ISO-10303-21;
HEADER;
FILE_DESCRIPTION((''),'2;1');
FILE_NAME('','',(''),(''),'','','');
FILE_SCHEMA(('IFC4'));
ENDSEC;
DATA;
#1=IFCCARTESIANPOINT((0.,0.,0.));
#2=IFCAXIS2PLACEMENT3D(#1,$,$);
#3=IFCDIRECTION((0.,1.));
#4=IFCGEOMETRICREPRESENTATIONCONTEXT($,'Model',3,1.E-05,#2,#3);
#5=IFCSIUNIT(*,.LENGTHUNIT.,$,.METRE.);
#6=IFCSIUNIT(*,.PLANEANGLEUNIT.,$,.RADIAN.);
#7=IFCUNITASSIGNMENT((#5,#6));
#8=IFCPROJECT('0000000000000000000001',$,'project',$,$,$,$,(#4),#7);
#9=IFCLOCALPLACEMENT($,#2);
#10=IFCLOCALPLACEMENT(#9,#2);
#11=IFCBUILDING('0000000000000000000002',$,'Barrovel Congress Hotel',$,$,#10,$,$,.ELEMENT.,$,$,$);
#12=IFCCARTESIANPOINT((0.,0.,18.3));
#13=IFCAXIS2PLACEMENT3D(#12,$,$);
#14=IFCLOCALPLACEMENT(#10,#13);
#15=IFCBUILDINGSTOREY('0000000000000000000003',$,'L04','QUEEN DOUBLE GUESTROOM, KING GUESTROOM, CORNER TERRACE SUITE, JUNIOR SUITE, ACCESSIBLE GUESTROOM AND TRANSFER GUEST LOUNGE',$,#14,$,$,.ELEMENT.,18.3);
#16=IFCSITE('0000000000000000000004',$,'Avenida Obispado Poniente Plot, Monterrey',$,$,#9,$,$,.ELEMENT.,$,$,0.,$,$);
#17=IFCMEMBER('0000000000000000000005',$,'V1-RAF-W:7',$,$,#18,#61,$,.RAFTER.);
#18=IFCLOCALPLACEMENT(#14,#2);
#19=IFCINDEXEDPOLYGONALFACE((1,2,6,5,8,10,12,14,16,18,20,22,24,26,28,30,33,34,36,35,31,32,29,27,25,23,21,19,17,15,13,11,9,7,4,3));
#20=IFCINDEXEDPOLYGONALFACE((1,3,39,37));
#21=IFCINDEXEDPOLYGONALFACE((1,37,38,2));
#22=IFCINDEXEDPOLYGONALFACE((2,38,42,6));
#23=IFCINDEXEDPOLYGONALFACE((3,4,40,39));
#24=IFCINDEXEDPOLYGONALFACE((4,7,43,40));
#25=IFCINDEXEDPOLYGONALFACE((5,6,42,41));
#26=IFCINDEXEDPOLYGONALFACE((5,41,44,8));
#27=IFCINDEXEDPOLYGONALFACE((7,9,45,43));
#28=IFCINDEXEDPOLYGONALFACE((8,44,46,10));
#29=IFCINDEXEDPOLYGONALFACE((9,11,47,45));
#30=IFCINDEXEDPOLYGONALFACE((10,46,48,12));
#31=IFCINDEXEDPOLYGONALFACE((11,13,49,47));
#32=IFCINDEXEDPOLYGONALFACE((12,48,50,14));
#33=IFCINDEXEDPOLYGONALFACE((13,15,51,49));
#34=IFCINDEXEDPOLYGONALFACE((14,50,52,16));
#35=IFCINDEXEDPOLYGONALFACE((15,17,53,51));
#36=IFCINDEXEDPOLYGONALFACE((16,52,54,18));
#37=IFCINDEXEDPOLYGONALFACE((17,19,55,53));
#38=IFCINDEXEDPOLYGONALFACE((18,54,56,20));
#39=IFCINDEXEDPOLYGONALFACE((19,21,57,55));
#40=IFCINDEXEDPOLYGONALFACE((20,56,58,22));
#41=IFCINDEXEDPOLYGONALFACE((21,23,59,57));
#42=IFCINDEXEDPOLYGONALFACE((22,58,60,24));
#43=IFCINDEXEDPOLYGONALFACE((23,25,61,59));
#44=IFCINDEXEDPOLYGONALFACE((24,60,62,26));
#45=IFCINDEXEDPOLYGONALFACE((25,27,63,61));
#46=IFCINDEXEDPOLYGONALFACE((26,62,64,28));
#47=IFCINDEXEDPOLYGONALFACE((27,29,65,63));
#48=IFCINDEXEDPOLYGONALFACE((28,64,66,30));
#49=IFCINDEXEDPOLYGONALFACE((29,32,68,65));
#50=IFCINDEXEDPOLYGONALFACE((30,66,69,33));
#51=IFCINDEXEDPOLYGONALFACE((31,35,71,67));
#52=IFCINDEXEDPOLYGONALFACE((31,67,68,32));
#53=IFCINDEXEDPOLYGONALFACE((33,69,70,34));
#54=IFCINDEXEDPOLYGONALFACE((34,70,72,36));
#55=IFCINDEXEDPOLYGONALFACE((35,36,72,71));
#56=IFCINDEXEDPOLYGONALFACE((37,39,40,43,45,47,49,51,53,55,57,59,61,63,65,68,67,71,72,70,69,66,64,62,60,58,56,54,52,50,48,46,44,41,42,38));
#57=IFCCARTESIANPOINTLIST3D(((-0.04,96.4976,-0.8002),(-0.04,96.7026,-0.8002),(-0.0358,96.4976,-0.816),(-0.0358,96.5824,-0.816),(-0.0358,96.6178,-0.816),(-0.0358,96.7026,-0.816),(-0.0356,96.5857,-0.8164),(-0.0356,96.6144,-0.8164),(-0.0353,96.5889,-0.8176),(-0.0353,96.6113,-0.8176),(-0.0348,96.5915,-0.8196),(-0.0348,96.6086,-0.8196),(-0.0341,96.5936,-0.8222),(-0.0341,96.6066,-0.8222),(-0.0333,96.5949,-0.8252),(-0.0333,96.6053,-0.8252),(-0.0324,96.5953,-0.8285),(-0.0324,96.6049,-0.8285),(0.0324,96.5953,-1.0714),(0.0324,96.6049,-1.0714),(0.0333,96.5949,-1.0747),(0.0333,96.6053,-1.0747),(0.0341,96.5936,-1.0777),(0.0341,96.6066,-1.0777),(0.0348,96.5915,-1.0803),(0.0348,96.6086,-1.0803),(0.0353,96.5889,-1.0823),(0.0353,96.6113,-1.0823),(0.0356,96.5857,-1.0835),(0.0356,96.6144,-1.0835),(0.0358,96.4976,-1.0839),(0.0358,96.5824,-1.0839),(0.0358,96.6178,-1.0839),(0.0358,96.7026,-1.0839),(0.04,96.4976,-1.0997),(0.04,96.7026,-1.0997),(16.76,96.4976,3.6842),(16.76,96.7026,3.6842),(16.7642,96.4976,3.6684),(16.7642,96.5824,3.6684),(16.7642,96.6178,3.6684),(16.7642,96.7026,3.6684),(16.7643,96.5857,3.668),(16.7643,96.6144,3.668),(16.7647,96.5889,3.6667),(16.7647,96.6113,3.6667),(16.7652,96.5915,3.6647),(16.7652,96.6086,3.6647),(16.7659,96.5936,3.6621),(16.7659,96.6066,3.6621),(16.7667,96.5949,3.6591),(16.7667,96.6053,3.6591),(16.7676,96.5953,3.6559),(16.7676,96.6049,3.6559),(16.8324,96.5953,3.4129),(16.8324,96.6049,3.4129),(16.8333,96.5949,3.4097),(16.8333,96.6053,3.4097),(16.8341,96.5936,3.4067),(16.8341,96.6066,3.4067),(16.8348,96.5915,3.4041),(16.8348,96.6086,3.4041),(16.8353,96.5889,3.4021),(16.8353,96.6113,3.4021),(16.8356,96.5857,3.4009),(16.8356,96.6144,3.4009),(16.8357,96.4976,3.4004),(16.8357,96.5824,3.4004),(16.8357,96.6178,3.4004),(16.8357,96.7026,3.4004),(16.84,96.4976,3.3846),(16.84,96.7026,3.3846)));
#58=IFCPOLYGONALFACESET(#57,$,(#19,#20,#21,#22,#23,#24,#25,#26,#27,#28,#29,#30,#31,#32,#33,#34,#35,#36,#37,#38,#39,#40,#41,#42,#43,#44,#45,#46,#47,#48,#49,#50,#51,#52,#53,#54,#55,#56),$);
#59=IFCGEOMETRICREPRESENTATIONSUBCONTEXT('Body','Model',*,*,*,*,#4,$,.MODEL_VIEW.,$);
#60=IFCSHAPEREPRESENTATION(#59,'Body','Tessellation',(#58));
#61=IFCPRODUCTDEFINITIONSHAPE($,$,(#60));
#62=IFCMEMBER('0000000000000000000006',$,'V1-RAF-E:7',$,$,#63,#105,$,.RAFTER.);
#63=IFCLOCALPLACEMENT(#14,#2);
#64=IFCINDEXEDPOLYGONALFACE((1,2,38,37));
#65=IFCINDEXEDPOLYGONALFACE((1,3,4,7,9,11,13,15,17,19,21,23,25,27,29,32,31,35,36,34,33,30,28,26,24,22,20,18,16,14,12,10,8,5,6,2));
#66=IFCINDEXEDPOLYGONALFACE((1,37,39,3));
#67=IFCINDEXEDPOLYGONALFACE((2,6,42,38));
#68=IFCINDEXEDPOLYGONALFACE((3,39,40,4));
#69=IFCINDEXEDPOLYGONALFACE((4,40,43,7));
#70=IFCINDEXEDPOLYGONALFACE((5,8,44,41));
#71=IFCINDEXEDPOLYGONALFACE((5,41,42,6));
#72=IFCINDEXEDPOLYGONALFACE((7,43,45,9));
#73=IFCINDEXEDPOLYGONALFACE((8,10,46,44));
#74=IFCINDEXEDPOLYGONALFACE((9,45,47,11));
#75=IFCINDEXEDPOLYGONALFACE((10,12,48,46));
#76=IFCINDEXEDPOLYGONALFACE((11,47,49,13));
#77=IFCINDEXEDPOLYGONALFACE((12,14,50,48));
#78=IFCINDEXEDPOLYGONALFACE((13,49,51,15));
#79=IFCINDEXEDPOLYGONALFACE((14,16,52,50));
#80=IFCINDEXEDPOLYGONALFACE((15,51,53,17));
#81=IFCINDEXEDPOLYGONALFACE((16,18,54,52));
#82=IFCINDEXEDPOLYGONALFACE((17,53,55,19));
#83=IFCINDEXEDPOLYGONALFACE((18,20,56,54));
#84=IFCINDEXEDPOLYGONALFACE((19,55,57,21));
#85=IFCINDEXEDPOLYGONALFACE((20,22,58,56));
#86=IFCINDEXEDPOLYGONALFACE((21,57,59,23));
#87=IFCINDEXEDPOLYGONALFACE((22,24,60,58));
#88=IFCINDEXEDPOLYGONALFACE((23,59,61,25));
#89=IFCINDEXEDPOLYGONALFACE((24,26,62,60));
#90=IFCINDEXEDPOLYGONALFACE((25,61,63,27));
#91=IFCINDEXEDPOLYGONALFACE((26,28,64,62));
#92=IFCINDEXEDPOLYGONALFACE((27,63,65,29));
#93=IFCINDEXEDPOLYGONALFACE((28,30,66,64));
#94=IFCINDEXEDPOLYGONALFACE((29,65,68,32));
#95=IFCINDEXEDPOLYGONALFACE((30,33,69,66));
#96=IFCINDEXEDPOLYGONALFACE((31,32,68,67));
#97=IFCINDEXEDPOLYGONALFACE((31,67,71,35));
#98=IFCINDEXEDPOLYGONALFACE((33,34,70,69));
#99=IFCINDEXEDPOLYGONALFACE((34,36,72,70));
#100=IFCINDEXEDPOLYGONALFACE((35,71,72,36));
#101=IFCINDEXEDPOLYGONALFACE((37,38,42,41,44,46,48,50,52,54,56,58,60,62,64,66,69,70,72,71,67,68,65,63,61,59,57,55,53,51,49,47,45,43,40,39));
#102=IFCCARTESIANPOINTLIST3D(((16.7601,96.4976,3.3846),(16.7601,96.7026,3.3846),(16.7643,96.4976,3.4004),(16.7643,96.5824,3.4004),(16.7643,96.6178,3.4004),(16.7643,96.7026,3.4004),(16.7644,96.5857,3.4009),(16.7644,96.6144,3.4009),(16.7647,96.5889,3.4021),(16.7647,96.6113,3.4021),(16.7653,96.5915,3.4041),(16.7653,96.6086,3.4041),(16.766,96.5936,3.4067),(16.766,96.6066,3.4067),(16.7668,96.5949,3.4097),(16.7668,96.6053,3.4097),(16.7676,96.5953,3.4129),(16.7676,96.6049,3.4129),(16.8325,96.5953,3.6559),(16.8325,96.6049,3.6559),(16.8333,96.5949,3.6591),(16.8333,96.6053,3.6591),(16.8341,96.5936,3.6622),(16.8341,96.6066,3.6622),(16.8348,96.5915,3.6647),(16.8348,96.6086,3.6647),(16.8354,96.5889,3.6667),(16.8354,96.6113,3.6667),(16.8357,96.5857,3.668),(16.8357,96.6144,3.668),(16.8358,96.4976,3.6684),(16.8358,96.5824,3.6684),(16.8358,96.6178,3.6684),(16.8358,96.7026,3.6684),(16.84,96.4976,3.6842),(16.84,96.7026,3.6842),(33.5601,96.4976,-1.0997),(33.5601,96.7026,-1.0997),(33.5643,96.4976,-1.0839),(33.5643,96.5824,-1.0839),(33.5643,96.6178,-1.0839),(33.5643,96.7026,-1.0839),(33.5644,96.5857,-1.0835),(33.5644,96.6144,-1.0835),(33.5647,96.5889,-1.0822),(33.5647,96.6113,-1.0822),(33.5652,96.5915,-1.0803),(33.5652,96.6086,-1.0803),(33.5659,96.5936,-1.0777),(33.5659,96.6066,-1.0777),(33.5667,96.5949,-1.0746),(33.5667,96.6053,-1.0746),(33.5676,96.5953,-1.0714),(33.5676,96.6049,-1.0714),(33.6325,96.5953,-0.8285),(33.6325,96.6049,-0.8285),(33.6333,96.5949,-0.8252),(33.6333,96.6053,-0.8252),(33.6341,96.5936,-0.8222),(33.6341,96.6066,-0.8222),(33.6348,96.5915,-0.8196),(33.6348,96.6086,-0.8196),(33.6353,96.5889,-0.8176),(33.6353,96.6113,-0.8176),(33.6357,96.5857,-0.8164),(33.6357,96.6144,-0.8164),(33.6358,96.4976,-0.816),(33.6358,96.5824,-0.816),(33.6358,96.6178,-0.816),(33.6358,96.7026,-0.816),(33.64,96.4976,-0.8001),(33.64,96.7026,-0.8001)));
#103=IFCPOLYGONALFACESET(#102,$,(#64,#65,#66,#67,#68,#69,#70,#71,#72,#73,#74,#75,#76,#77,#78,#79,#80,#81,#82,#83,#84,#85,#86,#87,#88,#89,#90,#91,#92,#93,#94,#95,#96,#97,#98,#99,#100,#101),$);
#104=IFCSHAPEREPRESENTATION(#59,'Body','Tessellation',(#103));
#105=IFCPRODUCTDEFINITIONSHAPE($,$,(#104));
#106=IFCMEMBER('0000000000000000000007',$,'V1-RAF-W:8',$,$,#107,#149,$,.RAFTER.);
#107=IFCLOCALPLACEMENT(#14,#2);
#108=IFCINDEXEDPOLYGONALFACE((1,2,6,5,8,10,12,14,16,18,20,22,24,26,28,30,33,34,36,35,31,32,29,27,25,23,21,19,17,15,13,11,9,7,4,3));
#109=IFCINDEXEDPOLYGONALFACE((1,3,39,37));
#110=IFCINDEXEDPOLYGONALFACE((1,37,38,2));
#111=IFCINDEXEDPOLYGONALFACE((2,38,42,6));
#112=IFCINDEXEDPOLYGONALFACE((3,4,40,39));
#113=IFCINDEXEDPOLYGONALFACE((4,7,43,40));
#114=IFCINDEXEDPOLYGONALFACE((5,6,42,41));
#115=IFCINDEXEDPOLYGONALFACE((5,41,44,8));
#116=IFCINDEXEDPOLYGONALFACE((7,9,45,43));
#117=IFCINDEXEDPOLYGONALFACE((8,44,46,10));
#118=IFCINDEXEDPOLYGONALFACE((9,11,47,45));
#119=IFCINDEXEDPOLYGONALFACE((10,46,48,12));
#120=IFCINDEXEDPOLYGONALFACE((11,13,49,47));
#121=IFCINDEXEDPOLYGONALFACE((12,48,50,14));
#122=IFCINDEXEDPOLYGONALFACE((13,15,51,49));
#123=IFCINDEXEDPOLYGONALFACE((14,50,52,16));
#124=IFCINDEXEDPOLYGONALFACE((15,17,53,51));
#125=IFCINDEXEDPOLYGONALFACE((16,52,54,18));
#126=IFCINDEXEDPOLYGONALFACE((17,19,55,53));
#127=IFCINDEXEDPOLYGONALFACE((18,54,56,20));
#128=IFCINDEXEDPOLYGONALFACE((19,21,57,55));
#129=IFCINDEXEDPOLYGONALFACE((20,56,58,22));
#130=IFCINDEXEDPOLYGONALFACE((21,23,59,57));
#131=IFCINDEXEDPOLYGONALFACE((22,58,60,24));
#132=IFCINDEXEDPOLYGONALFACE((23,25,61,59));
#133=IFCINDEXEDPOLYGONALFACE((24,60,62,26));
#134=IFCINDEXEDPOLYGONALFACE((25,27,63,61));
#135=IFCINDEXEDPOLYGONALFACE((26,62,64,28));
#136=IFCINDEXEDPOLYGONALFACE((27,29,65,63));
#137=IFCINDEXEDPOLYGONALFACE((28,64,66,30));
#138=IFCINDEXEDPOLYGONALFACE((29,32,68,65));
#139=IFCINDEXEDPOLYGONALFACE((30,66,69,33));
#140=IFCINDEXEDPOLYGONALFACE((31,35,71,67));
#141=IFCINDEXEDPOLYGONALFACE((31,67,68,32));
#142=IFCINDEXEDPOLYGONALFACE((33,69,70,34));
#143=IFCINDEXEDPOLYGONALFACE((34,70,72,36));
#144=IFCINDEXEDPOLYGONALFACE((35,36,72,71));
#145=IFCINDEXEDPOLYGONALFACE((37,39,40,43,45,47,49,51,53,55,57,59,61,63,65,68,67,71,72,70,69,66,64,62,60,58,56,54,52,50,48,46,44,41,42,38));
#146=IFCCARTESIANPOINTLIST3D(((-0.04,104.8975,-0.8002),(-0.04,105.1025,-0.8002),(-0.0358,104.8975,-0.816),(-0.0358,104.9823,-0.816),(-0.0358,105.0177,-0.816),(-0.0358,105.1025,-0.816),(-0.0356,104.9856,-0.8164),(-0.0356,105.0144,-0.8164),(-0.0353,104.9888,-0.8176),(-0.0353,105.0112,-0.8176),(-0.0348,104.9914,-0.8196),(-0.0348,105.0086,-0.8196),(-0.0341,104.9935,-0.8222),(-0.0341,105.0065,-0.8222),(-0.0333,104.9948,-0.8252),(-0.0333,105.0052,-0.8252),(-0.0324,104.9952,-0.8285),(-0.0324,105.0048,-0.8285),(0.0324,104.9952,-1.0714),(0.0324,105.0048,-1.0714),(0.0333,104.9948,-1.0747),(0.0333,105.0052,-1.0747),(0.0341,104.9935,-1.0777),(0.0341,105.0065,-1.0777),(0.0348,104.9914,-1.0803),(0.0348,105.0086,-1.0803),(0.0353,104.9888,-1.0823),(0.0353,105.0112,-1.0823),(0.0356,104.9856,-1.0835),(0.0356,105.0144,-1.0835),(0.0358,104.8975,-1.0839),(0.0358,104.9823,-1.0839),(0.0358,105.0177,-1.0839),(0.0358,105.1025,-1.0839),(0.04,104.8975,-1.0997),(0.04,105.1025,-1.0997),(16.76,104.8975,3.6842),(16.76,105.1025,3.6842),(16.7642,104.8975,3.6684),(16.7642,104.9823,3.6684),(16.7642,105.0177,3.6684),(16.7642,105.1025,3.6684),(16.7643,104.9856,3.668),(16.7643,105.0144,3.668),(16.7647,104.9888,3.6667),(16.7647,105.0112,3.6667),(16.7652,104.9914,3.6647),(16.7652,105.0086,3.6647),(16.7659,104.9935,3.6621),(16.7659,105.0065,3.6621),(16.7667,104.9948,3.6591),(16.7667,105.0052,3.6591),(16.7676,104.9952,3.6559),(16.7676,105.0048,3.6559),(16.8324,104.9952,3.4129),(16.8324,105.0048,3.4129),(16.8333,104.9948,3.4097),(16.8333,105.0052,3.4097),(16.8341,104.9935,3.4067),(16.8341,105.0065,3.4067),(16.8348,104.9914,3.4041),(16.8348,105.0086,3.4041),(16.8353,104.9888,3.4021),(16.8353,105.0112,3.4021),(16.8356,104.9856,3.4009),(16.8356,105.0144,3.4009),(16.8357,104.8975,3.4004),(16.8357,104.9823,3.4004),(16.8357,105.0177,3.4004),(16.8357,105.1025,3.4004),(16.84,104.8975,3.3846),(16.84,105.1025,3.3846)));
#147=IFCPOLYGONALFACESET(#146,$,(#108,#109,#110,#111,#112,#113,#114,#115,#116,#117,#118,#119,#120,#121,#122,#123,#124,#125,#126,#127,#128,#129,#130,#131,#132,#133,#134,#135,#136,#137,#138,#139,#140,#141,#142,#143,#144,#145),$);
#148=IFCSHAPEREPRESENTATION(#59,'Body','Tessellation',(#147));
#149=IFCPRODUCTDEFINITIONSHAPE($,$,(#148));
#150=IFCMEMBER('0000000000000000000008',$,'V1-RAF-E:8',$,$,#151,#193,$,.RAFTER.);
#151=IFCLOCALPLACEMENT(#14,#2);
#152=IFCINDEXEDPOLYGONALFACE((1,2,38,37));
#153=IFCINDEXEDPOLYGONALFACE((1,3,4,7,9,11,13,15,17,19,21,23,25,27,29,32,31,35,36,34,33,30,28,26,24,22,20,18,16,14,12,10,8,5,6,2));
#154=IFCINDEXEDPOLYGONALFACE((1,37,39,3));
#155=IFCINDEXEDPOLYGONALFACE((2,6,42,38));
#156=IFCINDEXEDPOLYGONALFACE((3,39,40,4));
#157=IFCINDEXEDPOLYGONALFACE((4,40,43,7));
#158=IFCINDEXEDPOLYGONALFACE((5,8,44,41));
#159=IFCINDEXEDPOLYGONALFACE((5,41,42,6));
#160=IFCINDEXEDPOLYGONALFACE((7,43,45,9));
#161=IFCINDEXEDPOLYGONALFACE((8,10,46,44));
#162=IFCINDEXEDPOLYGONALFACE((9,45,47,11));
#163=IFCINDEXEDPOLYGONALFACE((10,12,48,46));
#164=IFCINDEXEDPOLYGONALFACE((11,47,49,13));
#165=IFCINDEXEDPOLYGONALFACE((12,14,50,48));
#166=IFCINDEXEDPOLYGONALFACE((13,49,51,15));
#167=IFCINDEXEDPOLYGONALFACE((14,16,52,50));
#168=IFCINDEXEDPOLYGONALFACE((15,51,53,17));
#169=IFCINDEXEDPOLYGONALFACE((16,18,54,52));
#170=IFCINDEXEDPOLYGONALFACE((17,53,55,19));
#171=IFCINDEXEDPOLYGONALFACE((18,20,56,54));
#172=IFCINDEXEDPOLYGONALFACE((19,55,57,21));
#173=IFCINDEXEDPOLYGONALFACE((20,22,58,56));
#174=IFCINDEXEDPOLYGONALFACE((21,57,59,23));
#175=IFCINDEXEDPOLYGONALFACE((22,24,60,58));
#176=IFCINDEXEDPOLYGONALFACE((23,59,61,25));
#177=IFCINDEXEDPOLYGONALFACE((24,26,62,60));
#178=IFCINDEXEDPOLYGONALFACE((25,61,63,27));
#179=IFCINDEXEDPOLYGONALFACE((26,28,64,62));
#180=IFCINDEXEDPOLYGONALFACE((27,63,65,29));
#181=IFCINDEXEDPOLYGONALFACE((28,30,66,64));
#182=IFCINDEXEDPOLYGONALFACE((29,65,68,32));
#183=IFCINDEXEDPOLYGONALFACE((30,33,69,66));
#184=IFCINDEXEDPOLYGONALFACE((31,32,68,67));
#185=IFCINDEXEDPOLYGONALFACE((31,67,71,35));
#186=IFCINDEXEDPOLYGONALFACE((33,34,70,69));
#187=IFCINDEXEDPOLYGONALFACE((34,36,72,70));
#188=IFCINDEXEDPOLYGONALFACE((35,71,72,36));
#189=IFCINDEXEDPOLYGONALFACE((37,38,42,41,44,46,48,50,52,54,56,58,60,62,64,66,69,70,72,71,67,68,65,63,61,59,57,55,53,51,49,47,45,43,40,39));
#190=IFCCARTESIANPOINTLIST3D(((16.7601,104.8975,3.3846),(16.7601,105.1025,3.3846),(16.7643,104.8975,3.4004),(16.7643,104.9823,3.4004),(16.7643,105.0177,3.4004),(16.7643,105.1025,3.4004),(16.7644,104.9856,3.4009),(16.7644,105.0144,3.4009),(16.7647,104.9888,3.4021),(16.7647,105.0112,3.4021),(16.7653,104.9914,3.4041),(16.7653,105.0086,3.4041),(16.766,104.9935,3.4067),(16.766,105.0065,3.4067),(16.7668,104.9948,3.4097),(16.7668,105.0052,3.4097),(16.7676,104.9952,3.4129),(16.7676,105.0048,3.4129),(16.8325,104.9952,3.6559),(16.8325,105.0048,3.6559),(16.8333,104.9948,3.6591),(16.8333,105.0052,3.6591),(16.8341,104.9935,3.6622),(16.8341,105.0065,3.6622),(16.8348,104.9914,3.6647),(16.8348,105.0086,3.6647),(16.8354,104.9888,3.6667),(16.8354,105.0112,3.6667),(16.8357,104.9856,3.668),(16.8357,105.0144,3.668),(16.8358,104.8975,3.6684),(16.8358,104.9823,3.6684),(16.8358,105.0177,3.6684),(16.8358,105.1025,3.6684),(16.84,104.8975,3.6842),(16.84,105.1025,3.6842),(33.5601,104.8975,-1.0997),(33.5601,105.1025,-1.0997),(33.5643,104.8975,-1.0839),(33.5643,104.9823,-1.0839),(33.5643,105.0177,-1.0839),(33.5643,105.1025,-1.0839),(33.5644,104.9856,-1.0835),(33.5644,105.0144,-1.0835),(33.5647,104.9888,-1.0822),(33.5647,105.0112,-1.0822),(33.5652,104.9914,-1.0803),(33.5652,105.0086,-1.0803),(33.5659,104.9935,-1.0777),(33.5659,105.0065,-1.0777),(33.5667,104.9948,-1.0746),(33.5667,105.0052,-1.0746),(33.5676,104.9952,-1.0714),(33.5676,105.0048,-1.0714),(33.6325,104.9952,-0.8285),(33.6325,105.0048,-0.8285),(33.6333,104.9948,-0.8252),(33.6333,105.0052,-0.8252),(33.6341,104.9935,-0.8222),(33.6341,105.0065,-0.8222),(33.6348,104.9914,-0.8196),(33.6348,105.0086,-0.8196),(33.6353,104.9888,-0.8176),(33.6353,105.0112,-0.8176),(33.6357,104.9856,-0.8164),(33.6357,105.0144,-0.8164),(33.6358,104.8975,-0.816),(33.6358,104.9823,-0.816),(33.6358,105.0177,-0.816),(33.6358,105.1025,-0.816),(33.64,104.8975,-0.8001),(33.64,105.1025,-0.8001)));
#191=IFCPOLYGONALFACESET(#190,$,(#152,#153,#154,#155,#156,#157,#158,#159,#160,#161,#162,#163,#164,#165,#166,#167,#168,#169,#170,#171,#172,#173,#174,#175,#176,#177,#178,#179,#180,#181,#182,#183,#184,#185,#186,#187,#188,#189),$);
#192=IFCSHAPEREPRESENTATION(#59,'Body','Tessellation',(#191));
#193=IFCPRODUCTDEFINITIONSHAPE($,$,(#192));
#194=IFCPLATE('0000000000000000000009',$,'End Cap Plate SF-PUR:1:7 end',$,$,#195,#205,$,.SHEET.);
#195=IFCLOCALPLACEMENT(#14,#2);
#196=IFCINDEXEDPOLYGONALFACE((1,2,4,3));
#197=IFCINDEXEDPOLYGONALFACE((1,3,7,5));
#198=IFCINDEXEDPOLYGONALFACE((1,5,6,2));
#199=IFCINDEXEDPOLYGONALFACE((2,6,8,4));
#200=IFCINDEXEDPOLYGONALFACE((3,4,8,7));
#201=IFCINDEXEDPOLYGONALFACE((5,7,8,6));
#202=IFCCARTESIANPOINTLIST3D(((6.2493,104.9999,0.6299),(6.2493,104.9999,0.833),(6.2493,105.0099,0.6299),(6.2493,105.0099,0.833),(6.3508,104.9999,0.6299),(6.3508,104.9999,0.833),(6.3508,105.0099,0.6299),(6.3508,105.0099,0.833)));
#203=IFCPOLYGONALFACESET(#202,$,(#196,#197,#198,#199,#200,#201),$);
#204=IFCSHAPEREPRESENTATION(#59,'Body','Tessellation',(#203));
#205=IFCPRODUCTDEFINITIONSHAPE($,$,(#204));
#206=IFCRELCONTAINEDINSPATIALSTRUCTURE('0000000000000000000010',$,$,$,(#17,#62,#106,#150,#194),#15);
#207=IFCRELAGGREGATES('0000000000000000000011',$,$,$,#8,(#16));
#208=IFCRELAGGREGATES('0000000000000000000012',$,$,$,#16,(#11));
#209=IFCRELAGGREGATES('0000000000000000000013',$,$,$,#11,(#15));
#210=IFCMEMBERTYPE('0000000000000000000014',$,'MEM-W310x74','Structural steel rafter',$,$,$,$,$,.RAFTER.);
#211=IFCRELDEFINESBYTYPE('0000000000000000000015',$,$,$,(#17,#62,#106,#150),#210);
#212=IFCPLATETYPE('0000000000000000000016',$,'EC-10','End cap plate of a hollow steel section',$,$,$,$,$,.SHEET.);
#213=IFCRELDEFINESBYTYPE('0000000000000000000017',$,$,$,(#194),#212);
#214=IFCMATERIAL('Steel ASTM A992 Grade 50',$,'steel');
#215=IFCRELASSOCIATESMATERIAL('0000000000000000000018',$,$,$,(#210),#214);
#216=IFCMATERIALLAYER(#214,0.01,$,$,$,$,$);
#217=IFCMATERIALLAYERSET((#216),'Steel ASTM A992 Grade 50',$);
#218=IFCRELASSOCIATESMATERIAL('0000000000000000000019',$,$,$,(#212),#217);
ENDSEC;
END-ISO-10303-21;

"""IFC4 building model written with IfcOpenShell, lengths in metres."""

from ifc_helpers import new_model, si_unit, direction, frame, origin, origin_2d, place, context, subcontext, project, spatial, rectangle, i_section, extrude, material, layer, layer_set, material_profile, profile_set, type_object, element, save


model = new_model("IFC4")

# Units and contexts
model_context = context("Model", 3, precision=1e-05, world=origin(), true_north=direction((0.0, 1.0)))
body_context = subcontext(model_context, "Body", "Model", "MODEL_VIEW")
ifc_project = project(units=[si_unit("LENGTHUNIT", "METRE"), si_unit("PLANEANGLEUNIT", "RADIAN")], contexts=[model_context])

# Site, building, storey
site_placement = place(None, origin())
site = spatial("IfcSite", under=ifc_project, at=site_placement, Name="Avenida Obispado Poniente Plot, Monterrey", CompositionType="ELEMENT", RefElevation=0.0)
building_placement = place(site_placement, origin())
building = spatial("IfcBuilding", under=site, at=building_placement, Name="Barrovel Congress Hotel", CompositionType="ELEMENT")
storey_placement = place(building_placement, frame((0.0, 0.0, 18.3)))
storey = spatial("IfcBuildingStorey", under=building, at=storey_placement, Name="L04", Description="QUEEN DOUBLE GUESTROOM, KING GUESTROOM, CORNER TERRACE SUITE, JUNIOR SUITE, ACCESSIBLE GUESTROOM AND TRANSFER GUEST LOUNGE", CompositionType="ELEMENT", Elevation=18.3)

# Members
ifc_material_1 = material(Name="Steel ASTM A992 Grade 50", Category="steel")
ifc_material_profile_1 = material_profile(ifc_material_1, i_section(OverallWidth=0.2051, OverallDepth=0.3101, WebThickness=0.0095, FlangeThickness=0.0164, FilletRadius=0.0129, at=origin_2d()), Name="W310x74")
ifc_profile_set_1 = profile_set([ifc_material_profile_1], Name="Steel ASTM A992 Grade 50")
member_type_1 = type_object("IfcMemberType", Name="MEM-W310x74", Description="Structural steel rafter", PredefinedType="RAFTER", material=ifc_profile_set_1)
for number, where, z_axis, x_axis, name in (
    (1, (0.0, 96.6001, -0.95), (0.966172, 0.0, 0.257897), (0.0, 1.0, 0.0), "V1-RAF-W:7"),
    (2, (16.8, 96.6001, 3.5344), (0.966172, 0.0, -0.257897), (0.0, 1.0, 0.0), "V1-RAF-E:7"),
    (3, (0.0, 105.0, -0.95), (0.966172, 0.0, 0.257897), (0.0, 1.0, 0.0), "V1-RAF-W:8"),
    (4, (16.8, 105.0, 3.5344), (0.966172, 0.0, -0.257897), (0.0, 1.0, 0.0), "V1-RAF-E:8"),
):
    element("IfcMember", number, at=place(storey_placement, frame(where, z_axis=z_axis, x_axis=x_axis)), inside=storey, type_object=member_type_1, Name=name, PredefinedType="RAFTER", context=body_context, shape_type="SweptSolid", body=[
        extrude(i_section(OverallWidth=0.2051, OverallDepth=0.3101, WebThickness=0.0095, FlangeThickness=0.0164, FilletRadius=0.0129, at=origin_2d()), origin(), (0.0, 0.0, 1.0), 17.3882),
    ])

# Plate
ifc_layer_1 = layer(ifc_material_1, 0.01)
ifc_layer_set_1 = layer_set([ifc_layer_1], Name="Steel ASTM A992 Grade 50")
plate_type_1 = type_object("IfcPlateType", Name="EC-10", Description="End cap plate of a hollow steel section", PredefinedType="SHEET", material=ifc_layer_set_1)
for number, where, z_axis, x_axis, name in (
    (5, (6.3, 105.0049, 0.6299), (0.0, 0.0, 1.0), (0.0, 1.0, 0.0), "End Cap Plate SF-PUR:1:7 end"),
):
    element("IfcPlate", number, at=place(storey_placement, frame(where, z_axis=z_axis, x_axis=x_axis)), inside=storey, type_object=plate_type_1, Name=name, PredefinedType="SHEET", context=body_context, shape_type="SweptSolid", body=[
        extrude(rectangle(XDim=0.01, YDim=0.1016, at=origin_2d()), origin(), (0.0, 0.0, 1.0), 0.2031),
    ])

save(model, "model.ifc")
